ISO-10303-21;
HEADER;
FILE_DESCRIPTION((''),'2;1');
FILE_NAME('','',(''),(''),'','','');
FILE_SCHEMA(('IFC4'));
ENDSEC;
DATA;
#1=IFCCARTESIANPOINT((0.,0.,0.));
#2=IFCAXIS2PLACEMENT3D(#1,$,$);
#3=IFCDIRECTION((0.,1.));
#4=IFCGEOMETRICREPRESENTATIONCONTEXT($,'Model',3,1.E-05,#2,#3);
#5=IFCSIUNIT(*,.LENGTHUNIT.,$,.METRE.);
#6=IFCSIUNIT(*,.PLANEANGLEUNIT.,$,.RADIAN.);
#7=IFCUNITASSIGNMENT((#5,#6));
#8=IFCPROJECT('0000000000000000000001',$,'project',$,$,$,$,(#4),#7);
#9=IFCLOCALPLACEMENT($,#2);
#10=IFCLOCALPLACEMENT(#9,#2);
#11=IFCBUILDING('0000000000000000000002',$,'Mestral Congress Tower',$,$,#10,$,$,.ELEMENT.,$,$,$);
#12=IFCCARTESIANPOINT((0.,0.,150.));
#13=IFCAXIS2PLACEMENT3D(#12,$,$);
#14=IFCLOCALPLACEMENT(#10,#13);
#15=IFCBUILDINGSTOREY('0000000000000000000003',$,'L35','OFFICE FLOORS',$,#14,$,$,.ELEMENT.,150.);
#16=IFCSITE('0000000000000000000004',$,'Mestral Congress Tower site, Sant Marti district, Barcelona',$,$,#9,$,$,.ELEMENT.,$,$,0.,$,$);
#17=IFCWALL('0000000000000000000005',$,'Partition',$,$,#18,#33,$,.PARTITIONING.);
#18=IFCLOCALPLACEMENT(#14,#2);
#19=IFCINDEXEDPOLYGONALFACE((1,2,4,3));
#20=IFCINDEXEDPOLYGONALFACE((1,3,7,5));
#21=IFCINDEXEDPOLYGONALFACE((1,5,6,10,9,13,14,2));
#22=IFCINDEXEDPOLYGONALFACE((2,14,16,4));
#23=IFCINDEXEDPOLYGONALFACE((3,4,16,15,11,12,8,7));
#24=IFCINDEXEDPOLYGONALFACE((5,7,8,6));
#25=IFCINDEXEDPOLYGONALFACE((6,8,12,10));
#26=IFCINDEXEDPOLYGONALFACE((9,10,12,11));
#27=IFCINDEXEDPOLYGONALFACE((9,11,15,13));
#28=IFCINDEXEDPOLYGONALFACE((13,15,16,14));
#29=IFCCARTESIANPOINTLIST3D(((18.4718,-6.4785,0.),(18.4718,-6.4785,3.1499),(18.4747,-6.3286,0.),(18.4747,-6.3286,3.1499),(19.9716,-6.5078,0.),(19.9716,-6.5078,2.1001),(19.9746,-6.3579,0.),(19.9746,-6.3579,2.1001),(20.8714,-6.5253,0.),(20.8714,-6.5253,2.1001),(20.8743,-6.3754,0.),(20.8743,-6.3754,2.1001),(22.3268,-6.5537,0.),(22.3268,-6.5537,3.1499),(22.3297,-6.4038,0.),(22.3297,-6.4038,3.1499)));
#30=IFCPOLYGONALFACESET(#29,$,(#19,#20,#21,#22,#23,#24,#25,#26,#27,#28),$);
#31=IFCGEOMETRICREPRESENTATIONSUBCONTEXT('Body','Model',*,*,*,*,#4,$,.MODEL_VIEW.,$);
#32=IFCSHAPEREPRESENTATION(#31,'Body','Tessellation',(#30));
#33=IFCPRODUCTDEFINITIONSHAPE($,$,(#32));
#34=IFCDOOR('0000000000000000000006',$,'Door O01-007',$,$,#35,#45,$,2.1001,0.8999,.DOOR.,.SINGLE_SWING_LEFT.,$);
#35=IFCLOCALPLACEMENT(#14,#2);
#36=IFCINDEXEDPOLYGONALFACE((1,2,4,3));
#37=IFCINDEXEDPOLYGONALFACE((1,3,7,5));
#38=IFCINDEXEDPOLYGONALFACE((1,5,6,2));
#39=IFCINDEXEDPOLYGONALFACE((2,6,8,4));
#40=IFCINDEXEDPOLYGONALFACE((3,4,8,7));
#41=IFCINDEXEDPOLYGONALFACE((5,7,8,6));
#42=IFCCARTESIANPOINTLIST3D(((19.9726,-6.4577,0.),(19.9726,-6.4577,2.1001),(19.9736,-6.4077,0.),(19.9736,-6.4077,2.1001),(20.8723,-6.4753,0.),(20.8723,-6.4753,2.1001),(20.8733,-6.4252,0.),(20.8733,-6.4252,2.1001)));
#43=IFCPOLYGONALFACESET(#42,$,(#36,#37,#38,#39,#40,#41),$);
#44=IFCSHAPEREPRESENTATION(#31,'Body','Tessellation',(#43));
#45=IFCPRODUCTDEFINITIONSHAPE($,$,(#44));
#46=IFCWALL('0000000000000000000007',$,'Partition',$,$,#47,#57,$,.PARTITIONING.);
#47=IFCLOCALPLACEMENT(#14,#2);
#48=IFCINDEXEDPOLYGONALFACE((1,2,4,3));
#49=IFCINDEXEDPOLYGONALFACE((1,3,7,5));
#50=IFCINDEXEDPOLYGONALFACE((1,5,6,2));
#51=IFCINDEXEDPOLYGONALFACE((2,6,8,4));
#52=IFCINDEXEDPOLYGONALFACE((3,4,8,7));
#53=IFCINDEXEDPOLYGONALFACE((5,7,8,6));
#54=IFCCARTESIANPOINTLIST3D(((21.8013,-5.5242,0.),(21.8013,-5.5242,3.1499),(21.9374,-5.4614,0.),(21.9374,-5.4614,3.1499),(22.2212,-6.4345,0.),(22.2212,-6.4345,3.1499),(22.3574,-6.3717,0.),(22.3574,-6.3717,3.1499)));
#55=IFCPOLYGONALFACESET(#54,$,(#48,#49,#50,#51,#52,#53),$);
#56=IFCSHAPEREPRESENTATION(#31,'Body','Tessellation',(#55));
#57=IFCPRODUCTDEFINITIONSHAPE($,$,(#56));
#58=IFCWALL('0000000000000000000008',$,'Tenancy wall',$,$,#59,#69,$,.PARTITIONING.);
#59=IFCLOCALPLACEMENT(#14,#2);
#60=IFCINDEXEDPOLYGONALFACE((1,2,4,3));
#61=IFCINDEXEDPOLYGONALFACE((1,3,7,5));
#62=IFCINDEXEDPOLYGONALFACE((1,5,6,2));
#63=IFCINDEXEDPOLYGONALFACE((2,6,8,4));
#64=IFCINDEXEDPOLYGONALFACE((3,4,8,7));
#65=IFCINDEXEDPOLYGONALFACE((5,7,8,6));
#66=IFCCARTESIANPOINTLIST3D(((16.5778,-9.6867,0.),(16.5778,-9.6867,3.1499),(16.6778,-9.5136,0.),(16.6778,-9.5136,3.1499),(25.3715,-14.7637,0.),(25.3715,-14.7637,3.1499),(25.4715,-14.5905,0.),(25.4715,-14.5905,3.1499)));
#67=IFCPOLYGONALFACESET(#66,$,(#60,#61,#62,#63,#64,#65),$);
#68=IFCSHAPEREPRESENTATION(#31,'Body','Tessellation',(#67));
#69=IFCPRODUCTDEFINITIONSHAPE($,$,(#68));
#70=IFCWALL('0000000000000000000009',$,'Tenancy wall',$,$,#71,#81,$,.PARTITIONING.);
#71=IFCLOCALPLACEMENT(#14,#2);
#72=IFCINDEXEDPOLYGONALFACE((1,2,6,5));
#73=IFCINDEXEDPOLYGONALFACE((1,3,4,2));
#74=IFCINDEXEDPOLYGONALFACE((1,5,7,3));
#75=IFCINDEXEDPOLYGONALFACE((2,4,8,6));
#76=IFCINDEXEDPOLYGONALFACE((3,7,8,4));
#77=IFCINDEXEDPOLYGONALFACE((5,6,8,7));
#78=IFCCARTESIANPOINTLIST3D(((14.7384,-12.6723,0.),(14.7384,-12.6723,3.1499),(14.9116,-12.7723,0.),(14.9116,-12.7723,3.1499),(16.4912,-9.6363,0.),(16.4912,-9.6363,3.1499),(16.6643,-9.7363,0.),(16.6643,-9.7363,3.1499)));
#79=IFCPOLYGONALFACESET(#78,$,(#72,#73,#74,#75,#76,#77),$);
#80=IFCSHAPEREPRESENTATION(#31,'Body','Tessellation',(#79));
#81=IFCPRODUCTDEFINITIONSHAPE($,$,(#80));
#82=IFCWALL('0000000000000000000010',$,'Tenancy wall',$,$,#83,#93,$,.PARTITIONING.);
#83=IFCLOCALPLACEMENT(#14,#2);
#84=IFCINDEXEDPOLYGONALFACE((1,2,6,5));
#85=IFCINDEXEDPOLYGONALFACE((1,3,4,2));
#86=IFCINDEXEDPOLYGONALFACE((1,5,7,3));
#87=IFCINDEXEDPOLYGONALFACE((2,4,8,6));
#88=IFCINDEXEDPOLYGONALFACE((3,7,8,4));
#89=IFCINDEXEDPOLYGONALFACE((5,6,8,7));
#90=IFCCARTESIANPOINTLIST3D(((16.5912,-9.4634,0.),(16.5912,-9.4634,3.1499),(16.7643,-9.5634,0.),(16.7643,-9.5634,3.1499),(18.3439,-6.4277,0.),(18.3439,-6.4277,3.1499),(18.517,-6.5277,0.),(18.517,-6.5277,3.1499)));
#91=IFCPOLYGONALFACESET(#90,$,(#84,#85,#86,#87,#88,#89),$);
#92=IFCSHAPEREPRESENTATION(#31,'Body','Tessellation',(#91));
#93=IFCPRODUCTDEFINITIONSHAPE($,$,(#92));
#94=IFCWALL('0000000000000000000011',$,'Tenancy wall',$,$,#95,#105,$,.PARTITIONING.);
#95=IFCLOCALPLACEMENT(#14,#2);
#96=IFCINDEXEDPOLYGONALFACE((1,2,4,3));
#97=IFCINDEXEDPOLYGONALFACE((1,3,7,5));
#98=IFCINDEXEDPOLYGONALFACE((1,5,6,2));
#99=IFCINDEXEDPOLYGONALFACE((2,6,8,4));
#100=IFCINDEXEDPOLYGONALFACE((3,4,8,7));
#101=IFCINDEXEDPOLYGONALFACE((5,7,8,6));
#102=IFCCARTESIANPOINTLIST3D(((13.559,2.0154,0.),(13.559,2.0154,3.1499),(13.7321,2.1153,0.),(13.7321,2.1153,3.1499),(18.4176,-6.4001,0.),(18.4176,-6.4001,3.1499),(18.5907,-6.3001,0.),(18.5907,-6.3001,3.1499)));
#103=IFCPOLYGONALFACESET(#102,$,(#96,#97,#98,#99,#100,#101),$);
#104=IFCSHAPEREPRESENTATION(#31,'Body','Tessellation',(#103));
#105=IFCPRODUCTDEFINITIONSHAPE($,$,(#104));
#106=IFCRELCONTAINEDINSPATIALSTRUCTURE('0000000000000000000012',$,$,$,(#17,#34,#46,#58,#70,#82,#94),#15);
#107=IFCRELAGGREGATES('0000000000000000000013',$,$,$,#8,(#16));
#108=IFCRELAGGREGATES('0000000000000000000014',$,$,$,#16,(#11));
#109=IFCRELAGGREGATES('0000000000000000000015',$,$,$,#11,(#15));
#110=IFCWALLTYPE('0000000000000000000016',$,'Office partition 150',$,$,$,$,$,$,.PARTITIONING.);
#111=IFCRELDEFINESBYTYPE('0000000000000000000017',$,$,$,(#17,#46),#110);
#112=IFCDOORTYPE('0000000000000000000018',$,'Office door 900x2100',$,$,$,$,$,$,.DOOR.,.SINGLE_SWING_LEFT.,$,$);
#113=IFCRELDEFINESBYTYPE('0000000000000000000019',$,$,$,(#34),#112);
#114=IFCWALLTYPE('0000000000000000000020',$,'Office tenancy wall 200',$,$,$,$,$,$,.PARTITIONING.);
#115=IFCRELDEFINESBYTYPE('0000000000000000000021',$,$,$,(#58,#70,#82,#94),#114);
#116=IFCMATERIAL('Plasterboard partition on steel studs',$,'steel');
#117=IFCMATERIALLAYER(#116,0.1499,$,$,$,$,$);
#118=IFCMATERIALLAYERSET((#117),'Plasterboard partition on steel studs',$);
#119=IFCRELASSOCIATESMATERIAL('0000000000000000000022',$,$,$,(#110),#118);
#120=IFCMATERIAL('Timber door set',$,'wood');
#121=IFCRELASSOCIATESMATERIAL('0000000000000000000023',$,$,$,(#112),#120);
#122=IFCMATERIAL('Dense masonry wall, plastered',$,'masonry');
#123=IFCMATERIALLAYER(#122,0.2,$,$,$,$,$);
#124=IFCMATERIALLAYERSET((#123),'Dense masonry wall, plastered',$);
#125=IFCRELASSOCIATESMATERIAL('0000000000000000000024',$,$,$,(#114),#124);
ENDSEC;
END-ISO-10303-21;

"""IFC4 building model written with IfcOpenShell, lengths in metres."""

from ifc_helpers import new_model, si_unit, direction, frame, frame_2d, origin, place, context, subcontext, project, spatial, rectangle, extrude, material, layer, layer_set, type_object, element, fill, save


model = new_model("IFC4")

# Units and contexts
model_context = context("Model", 3, precision=1e-05, world=origin(), true_north=direction((0.0, 1.0)))
body_context = subcontext(model_context, "Body", "Model", "MODEL_VIEW")
ifc_project = project(units=[si_unit("LENGTHUNIT", "METRE"), si_unit("PLANEANGLEUNIT", "RADIAN")], contexts=[model_context])

# Site, building, storey
site_placement = place(None, origin())
site = spatial("IfcSite", under=ifc_project, at=site_placement, Name="Mestral Congress Tower site, Sant Marti district, Barcelona", CompositionType="ELEMENT", RefElevation=0.0)
building_placement = place(site_placement, origin())
building = spatial("IfcBuilding", under=site, at=building_placement, Name="Mestral Congress Tower", CompositionType="ELEMENT")
storey_placement = place(building_placement, frame((0.0, 0.0, 150.0)))
storey = spatial("IfcBuildingStorey", under=building, at=storey_placement, Name="L35", Description="OFFICE FLOORS", CompositionType="ELEMENT", Elevation=150.0)

# Shared definitions
ifc_material_1 = material(Name="Plasterboard partition on steel studs", Category="steel")
ifc_layer_1 = layer(ifc_material_1, 0.1499)
ifc_layer_set_1 = layer_set([ifc_layer_1], Name="Plasterboard partition on steel studs")
wall_type_1 = type_object("IfcWallType", Name="Office partition 150", PredefinedType="PARTITIONING", material=ifc_layer_set_1)
ifc_material_2 = material(Name="Timber door set", Category="wood")
door_type = type_object("IfcDoorType", Name="Office door 900x2100", OperationType="SINGLE_SWING_LEFT", PredefinedType="DOOR", material=ifc_material_2)

# Wall, opening, door
wall_1_placement = place(storey_placement, frame((22.3281, -6.4788, 0.0), z_axis=(0.0, 0.0, 1.0), x_axis=(-0.99981, 0.019502, 0.0)))
wall_1 = element("IfcWall", 1, at=wall_1_placement, inside=storey, type_object=wall_type_1, Name="Partition", PredefinedType="PARTITIONING", context=body_context, shape_type="SweptSolid", body=[
    extrude(rectangle(XDim=3.8557, YDim=0.1499, at=frame_2d((1.9277, 0.0))), origin(), (0.0, 0.0, 1.0), 3.1499),
])
opening_1_placement = place(wall_1_placement, frame((1.4556, 0.0, 0.0)))
opening_1 = element("IfcOpeningElement", 2, at=opening_1_placement, cuts=wall_1, PredefinedType="OPENING", context=body_context, shape_type="SweptSolid", body=[
    extrude(rectangle(XDim=0.8999, YDim=2.1001, at=frame_2d((0.45, 1.05))), frame((0.0, 0.085, 0.0), z_axis=(0.0, -1.0, 0.0), x_axis=(1.0, 0.0, 0.0)), (0.0, 0.0, 1.0), 0.1699),
])
door_1_placement = place(opening_1_placement, origin())
door_1 = element("IfcDoor", 3, at=door_1_placement, inside=storey, type_object=door_type, Name="Door O01-007", OperationType="SINGLE_SWING_LEFT", OverallHeight=2.1001, OverallWidth=0.8999, PredefinedType="DOOR", context=body_context, shape_type="SweptSolid", body=[
    extrude(rectangle(XDim=0.8999, YDim=2.1001, at=frame_2d((0.45, 1.05))), frame((0.0, 0.0249, 0.0), z_axis=(0.0, -1.0, 0.0), x_axis=(1.0, 0.0, 0.0)), (0.0, 0.0, 1.0), 0.05),
])
fill(opening_1, door_1)

# Walls
wall_2_placement = place(storey_placement, frame((22.2893, -6.4031, 0.0), z_axis=(0.0, 0.0, 1.0), x_axis=(-0.418935, 0.908016, 0.0)))
element("IfcWall", 4, at=wall_2_placement, inside=storey, type_object=wall_type_1, Name="Partition", PredefinedType="PARTITIONING", context=body_context, shape_type="SweptSolid", body=[
    extrude(rectangle(XDim=1.0024, YDim=0.1499, at=frame_2d((0.5012, 0.0))), origin(), (0.0, 0.0, 1.0), 3.1499),
])
ifc_material_3 = material(Name="Dense masonry wall, plastered", Category="masonry")
ifc_layer_2 = layer(ifc_material_3, 0.2)
ifc_layer_set_2 = layer_set([ifc_layer_2], Name="Dense masonry wall, plastered")
wall_type_2 = type_object("IfcWallType", Name="Office tenancy wall 200", PredefinedType="PARTITIONING", material=ifc_layer_set_2)
wall_3_placement = place(storey_placement, frame((16.6277, -9.6001, 0.0), z_axis=(0.0, 0.0, 1.0), x_axis=(0.866031, -0.49999, 0.0)))
element("IfcWall", 5, at=wall_3_placement, inside=storey, type_object=wall_type_2, Name="Tenancy wall", PredefinedType="PARTITIONING", context=body_context, shape_type="SweptSolid", body=[
    extrude(rectangle(XDim=10.1541, YDim=0.2, at=frame_2d((5.0771, 0.0))), origin(), (0.0, 0.0, 1.0), 3.1499),
])
wall_4_placement = place(storey_placement, frame((14.825, -12.7224, 0.0), z_axis=(0.0, 0.0, 1.0), x_axis=(0.499982, 0.866036, 0.0)))
element("IfcWall", 6, at=wall_4_placement, inside=storey, type_object=wall_type_2, Name="Tenancy wall", PredefinedType="PARTITIONING", context=body_context, shape_type="SweptSolid", body=[
    extrude(rectangle(XDim=3.5056, YDim=0.2, at=frame_2d((1.7529, 0.0))), origin(), (0.0, 0.0, 1.0), 3.1499),
])
wall_5_placement = place(storey_placement, frame((16.6777, -9.5134, 0.0), z_axis=(0.0, 0.0, 1.0), x_axis=(0.500012, 0.866019, 0.0)))
element("IfcWall", 7, at=wall_5_placement, inside=storey, type_object=wall_type_2, Name="Tenancy wall", PredefinedType="PARTITIONING", context=body_context, shape_type="SweptSolid", body=[
    extrude(rectangle(XDim=3.5054, YDim=0.2, at=frame_2d((1.7527, 0.0))), origin(), (0.0, 0.0, 1.0), 3.1499),
])
wall_6_placement = place(storey_placement, frame((18.5042, -6.3501, 0.0), z_axis=(0.0, 0.0, 1.0), x_axis=(-0.499995, 0.866028, 0.0)))
element("IfcWall", 8, at=wall_6_placement, inside=storey, type_object=wall_type_2, Name="Tenancy wall", PredefinedType="PARTITIONING", context=body_context, shape_type="SweptSolid", body=[
    extrude(rectangle(XDim=9.7173, YDim=0.2, at=frame_2d((4.8586, 0.0))), origin(), (0.0, 0.0, 1.0), 3.1499),
])

save(model, "model.ifc")
